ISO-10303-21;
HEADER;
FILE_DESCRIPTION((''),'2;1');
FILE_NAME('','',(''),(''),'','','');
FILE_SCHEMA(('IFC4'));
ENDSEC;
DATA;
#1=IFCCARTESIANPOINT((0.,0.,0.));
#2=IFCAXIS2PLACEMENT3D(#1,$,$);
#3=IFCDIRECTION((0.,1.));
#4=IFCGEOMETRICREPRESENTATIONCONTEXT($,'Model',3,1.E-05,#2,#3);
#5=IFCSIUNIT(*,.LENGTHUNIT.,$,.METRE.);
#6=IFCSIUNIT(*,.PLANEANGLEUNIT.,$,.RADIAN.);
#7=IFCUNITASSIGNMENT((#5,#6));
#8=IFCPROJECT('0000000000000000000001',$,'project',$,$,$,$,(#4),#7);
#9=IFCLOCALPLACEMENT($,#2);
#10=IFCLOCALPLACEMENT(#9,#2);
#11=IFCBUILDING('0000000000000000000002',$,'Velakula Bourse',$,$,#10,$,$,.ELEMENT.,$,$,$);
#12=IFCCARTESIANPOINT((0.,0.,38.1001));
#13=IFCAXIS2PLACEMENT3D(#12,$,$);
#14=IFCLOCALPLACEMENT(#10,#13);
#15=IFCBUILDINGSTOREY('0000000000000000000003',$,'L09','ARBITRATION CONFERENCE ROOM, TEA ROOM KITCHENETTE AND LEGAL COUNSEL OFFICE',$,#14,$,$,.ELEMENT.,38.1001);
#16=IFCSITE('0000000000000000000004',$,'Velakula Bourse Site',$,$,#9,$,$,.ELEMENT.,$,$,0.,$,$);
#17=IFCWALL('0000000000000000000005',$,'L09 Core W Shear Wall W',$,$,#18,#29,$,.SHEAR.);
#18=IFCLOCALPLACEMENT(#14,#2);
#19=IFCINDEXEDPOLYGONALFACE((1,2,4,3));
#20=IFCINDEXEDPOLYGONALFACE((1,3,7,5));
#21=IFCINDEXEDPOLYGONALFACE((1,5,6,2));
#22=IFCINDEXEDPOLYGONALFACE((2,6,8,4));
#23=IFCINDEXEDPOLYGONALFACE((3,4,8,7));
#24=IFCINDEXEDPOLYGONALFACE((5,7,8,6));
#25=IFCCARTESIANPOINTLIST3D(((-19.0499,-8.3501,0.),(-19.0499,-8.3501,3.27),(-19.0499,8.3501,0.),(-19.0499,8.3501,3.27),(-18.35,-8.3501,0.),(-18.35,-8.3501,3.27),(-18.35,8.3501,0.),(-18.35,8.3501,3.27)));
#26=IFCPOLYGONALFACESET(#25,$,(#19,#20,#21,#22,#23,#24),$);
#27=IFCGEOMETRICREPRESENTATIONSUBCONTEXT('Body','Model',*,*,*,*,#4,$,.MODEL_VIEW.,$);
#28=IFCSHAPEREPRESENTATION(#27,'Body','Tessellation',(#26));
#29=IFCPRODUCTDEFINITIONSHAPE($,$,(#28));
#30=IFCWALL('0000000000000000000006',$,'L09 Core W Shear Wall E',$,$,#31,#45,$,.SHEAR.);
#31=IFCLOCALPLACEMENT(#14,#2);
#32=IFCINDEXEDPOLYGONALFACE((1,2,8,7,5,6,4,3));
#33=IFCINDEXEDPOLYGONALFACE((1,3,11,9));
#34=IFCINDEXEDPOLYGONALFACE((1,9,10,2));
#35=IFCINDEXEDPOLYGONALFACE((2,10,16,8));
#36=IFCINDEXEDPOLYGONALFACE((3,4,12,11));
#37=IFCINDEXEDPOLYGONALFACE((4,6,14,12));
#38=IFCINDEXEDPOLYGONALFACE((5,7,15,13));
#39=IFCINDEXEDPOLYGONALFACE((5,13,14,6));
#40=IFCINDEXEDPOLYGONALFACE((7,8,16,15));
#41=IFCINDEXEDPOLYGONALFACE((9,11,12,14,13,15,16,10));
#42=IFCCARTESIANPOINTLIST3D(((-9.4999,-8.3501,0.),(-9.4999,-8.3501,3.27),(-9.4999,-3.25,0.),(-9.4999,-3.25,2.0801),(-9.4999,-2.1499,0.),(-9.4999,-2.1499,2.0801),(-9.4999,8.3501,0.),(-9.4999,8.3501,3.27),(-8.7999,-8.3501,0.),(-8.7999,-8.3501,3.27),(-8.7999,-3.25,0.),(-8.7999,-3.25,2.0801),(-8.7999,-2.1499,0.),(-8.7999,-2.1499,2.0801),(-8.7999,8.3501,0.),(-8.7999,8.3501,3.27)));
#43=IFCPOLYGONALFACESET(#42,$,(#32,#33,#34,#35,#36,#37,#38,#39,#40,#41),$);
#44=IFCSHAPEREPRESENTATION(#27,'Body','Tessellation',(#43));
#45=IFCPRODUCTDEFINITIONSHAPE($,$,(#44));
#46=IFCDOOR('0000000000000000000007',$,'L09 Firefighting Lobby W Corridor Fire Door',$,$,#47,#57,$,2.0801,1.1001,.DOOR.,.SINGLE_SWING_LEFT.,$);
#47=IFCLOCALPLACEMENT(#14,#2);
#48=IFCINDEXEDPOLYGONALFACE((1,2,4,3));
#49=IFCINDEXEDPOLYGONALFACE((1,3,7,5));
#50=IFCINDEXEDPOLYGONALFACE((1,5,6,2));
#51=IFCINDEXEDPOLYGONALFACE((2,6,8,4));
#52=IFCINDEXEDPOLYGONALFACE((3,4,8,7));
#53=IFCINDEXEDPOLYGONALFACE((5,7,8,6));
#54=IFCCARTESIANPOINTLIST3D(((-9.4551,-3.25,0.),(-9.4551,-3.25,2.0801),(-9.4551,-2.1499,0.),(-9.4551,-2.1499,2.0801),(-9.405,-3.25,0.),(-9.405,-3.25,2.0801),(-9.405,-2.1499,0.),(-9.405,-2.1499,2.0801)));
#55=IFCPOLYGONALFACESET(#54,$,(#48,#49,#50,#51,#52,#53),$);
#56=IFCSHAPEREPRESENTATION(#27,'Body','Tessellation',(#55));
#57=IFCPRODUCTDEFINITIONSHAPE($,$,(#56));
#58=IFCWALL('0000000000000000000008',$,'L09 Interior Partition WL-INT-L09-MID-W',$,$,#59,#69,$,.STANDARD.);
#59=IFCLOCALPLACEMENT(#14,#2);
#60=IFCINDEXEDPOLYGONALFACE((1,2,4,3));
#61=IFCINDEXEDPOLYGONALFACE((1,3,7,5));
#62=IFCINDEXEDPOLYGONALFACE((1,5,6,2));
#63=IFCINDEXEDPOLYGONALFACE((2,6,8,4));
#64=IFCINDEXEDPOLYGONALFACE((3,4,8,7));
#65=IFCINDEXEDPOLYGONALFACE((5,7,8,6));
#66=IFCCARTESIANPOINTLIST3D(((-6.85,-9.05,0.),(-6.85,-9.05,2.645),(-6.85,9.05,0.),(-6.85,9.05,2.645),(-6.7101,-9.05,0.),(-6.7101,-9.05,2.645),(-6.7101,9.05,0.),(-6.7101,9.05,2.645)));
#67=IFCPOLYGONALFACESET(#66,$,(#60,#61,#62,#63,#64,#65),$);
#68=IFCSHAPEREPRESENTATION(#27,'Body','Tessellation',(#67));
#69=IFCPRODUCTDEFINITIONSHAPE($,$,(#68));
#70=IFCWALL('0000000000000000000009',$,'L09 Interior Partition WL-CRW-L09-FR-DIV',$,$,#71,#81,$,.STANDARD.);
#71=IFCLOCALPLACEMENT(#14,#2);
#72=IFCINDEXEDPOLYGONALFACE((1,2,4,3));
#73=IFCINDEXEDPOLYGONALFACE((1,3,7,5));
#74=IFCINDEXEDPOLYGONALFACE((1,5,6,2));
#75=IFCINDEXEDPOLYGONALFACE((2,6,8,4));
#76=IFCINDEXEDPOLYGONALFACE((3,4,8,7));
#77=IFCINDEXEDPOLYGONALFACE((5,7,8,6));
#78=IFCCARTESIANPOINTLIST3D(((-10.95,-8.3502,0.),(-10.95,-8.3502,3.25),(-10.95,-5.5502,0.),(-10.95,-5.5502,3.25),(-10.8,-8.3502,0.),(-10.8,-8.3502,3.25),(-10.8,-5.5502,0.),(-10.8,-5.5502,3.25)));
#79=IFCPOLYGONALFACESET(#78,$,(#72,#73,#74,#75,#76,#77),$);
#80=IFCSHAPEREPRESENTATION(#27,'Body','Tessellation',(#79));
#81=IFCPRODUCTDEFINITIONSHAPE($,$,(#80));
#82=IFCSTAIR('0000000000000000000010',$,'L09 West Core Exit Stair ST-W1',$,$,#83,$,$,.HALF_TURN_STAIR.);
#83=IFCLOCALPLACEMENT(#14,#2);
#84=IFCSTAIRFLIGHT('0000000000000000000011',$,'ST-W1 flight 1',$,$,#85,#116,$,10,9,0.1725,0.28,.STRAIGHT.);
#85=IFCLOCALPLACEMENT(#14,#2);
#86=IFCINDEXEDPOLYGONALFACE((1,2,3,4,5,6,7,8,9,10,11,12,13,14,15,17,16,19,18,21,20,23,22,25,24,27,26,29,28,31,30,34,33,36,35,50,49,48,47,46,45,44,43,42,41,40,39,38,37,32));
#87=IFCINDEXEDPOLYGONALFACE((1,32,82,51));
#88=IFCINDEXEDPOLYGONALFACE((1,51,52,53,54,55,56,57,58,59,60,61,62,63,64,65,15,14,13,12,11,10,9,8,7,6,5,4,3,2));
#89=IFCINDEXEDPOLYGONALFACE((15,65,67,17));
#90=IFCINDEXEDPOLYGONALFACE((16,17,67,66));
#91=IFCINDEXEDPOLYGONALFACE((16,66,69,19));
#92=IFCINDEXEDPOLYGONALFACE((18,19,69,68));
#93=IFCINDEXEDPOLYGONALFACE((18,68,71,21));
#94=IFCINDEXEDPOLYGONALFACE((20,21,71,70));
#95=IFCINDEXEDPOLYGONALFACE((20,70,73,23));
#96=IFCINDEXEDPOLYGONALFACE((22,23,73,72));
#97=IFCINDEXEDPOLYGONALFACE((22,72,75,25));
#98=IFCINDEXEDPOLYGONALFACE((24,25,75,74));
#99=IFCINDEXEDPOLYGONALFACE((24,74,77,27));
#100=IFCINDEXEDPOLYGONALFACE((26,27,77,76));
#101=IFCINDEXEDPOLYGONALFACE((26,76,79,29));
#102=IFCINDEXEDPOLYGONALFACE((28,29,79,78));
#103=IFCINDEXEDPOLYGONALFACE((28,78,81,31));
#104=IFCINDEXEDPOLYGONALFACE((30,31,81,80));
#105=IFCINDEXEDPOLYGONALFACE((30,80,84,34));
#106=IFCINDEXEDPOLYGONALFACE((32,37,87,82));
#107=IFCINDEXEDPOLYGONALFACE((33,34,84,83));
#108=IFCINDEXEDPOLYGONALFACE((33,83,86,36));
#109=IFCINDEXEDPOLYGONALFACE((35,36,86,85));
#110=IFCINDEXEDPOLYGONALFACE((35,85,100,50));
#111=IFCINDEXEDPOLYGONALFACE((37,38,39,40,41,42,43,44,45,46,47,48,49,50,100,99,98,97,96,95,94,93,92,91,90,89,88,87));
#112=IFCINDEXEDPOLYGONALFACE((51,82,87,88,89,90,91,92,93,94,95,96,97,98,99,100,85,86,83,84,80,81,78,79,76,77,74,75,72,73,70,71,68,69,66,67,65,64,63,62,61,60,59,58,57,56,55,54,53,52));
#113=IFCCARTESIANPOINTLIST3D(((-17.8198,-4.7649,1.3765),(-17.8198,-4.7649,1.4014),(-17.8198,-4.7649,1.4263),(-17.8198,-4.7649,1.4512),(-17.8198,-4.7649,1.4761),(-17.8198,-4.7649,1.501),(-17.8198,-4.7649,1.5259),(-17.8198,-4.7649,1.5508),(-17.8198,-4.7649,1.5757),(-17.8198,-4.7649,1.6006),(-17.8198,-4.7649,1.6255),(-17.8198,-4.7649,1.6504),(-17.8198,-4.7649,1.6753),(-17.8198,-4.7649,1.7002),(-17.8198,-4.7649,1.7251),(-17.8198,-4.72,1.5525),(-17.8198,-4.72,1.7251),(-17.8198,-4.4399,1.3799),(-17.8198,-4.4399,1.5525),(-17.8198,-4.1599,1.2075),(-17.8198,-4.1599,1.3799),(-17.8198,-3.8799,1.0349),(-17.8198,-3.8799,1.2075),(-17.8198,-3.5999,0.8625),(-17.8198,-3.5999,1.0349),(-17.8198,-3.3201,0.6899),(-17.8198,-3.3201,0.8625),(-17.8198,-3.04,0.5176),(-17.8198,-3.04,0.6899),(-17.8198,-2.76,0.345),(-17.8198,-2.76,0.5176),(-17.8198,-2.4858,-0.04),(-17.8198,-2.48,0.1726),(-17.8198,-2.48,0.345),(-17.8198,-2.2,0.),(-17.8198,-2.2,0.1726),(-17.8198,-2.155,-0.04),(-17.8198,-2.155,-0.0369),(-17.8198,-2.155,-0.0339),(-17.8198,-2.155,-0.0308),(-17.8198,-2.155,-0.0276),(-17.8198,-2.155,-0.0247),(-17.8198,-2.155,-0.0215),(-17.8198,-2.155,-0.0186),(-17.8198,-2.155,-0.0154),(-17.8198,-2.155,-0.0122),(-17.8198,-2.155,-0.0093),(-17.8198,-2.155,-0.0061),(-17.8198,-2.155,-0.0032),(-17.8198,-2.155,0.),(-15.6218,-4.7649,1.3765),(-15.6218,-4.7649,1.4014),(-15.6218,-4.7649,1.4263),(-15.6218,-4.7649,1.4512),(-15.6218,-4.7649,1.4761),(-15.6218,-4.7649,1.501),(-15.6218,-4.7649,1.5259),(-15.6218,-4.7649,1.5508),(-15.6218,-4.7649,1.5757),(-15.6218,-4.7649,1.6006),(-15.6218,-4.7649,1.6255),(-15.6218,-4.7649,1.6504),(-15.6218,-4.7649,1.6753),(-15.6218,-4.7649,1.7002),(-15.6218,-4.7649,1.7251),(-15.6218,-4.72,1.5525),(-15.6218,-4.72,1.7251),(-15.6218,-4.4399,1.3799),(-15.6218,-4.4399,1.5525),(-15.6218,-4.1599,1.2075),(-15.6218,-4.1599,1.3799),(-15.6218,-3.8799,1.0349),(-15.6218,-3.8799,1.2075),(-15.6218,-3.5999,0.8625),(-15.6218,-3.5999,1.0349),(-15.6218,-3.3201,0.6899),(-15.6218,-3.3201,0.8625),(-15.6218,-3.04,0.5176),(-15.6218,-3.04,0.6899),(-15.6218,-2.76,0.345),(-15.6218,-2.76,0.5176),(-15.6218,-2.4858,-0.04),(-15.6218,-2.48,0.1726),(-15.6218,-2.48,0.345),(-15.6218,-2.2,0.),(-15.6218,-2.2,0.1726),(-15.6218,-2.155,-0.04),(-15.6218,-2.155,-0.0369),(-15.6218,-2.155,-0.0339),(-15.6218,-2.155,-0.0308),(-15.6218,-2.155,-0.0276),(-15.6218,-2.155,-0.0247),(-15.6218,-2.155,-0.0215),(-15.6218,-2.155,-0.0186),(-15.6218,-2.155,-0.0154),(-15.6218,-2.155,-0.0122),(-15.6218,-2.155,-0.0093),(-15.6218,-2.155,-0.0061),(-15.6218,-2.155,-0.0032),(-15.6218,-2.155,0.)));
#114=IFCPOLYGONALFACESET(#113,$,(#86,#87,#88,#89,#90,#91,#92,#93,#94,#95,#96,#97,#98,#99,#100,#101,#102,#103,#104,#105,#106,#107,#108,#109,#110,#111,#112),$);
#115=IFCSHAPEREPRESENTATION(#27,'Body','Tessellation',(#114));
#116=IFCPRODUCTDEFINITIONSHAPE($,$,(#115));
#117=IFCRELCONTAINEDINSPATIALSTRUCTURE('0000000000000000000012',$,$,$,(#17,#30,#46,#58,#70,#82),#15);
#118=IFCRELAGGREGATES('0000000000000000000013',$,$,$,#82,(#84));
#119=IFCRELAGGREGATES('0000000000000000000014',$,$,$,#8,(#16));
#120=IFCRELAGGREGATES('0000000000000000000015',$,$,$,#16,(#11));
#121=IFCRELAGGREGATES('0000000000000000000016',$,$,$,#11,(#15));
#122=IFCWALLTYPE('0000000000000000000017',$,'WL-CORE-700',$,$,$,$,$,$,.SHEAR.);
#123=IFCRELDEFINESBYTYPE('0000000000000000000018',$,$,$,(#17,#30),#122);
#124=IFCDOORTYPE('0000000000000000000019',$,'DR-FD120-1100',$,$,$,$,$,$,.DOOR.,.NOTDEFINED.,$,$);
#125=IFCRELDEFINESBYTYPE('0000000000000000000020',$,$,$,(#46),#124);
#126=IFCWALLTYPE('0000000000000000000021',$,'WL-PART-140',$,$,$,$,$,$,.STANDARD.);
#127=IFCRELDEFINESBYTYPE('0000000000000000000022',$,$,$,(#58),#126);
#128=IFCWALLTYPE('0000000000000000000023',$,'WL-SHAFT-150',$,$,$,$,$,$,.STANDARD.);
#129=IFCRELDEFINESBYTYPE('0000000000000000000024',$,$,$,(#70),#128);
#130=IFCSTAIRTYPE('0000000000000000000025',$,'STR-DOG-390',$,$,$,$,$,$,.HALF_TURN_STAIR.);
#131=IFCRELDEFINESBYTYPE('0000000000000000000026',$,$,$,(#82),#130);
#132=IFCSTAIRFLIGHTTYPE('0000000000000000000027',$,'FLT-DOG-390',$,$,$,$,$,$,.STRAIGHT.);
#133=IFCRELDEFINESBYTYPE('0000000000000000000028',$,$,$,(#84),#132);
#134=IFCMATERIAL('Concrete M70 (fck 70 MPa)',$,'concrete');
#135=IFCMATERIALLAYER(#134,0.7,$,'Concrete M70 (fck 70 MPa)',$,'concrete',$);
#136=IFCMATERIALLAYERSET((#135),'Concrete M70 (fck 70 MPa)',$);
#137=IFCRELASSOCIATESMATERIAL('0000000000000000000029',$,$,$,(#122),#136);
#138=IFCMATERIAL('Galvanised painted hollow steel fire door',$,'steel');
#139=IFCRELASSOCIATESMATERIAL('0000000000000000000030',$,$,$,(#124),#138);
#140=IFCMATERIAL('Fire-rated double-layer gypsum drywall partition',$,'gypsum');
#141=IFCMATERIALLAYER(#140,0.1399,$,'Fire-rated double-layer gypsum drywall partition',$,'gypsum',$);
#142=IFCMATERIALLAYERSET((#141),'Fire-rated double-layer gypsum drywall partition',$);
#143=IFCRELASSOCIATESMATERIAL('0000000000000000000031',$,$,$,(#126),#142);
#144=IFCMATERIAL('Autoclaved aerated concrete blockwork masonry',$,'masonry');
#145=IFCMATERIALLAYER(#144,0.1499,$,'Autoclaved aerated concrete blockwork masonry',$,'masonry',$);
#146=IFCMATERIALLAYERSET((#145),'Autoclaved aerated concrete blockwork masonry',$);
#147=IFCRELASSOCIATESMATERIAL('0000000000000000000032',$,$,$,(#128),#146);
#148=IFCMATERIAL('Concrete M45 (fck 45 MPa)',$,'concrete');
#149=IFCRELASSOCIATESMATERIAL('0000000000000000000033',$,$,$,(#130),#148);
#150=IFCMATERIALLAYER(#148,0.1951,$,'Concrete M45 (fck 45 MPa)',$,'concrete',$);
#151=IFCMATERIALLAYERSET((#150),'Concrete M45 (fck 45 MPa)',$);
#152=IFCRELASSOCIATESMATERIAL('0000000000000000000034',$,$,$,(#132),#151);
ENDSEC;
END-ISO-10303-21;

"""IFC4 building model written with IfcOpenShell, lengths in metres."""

from ifc_helpers import new_model, si_unit, direction, frame, frame_2d, origin, place, context, subcontext, project, spatial, polyline, rectangle, outline, extrude, material, layer, layer_set, type_object, element, fill, aggregate, save


model = new_model("IFC4")

# Units and contexts
model_context = context("Model", 3, precision=1e-05, world=origin(), true_north=direction((0.0, 1.0)))
body_context = subcontext(model_context, "Body", "Model", "MODEL_VIEW")
ifc_project = project(units=[si_unit("LENGTHUNIT", "METRE"), si_unit("PLANEANGLEUNIT", "RADIAN")], contexts=[model_context])

# Site, building, storey
site_placement = place(None, origin())
site = spatial("IfcSite", under=ifc_project, at=site_placement, Name="Velakula Bourse Site", CompositionType="ELEMENT", RefElevation=0.0)
building_placement = place(site_placement, origin())
building = spatial("IfcBuilding", under=site, at=building_placement, Name="Velakula Bourse", CompositionType="ELEMENT")
storey_placement = place(building_placement, frame((0.0, 0.0, 38.1001)))
storey = spatial("IfcBuildingStorey", under=building, at=storey_placement, Name="L09", Description="ARBITRATION CONFERENCE ROOM, TEA ROOM KITCHENETTE AND LEGAL COUNSEL OFFICE", CompositionType="ELEMENT", Elevation=38.1001)

# Shared definitions
ifc_material_1 = material(Name="Concrete M70 (fck 70 MPa)", Category="concrete")

# Shared definitions
ifc_material_2 = material(Name="Galvanised painted hollow steel fire door", Category="steel")

# Wall
ifc_layer_1 = layer(ifc_material_1, 0.7, Name="Concrete M70 (fck 70 MPa)", Category="concrete")
ifc_layer_set_1 = layer_set([ifc_layer_1], Name="Concrete M70 (fck 70 MPa)")
wall_type_1 = type_object("IfcWallType", Name="WL-CORE-700", PredefinedType="SHEAR", material=ifc_layer_set_1)
wall_1_placement = place(storey_placement, frame((-18.7, -8.3501, 0.0), z_axis=(0.0, 0.0, 1.0), x_axis=(0.0, 1.0, 0.0)))
element("IfcWall", 1, at=wall_1_placement, inside=storey, type_object=wall_type_1, Name="L09 Core W Shear Wall W", PredefinedType="SHEAR", context=body_context, shape_type="SweptSolid", body=[
    extrude(rectangle(XDim=16.7002, YDim=0.7, at=frame_2d((8.3501, 0.0))), origin(), (0.0, 0.0, 1.0), 3.27),
])

# Wall, opening, door
wall_2_placement = place(storey_placement, frame((-9.1499, -8.3501, 0.0), z_axis=(0.0, 0.0, 1.0), x_axis=(0.0, 1.0, 0.0)))
wall_2 = element("IfcWall", 2, at=wall_2_placement, inside=storey, type_object=wall_type_1, Name="L09 Core W Shear Wall E", PredefinedType="SHEAR", context=body_context, shape_type="SweptSolid", body=[
    extrude(rectangle(XDim=16.7002, YDim=0.7, at=frame_2d((8.3501, 0.0))), origin(), (0.0, 0.0, 1.0), 3.27),
])
opening_1_placement = place(wall_2_placement, frame((5.1001, 0.0, 0.0)))
opening_1 = element("IfcOpeningElement", 3, at=opening_1_placement, cuts=wall_2, PredefinedType="OPENING", context=body_context, shape_type="SweptSolid", body=[
    extrude(rectangle(XDim=1.1001, YDim=2.0801, at=frame_2d((0.55, 1.04))), frame((0.0, 0.3599, 0.0), z_axis=(0.0, -1.0, 0.0), x_axis=(1.0, 0.0, 0.0)), (0.0, 0.0, 1.0), 0.72),
])
door_type_1 = type_object("IfcDoorType", Name="DR-FD120-1100", OperationType="NOTDEFINED", PredefinedType="DOOR", material=ifc_material_2)
door_1_placement = place(opening_1_placement, origin())
door_1 = element("IfcDoor", 4, at=door_1_placement, inside=storey, type_object=door_type_1, Name="L09 Firefighting Lobby W Corridor Fire Door", OperationType="SINGLE_SWING_LEFT", OverallHeight=2.0801, OverallWidth=1.1001, PredefinedType="DOOR", context=body_context, shape_type="SweptSolid", body=[
    extrude(rectangle(XDim=1.1001, YDim=2.0801, at=frame_2d((0.55, 1.04))), frame((0.0, 0.3052, 0.0), z_axis=(0.0, -1.0, 0.0), x_axis=(1.0, 0.0, 0.0)), (0.0, 0.0, 1.0), 0.05),
])
fill(opening_1, door_1)

# Wall
ifc_material_3 = material(Name="Fire-rated double-layer gypsum drywall partition", Category="gypsum")
ifc_layer_2 = layer(ifc_material_3, 0.1399, Name="Fire-rated double-layer gypsum drywall partition", Category="gypsum")
ifc_layer_set_2 = layer_set([ifc_layer_2], Name="Fire-rated double-layer gypsum drywall partition")
wall_type_2 = type_object("IfcWallType", Name="WL-PART-140", PredefinedType="STANDARD", material=ifc_layer_set_2)
wall_3_placement = place(storey_placement, frame((-6.78, -9.05, 0.0), z_axis=(0.0, 0.0, 1.0), x_axis=(0.0, 1.0, 0.0)))
element("IfcWall", 5, at=wall_3_placement, inside=storey, type_object=wall_type_2, Name="L09 Interior Partition WL-INT-L09-MID-W", PredefinedType="STANDARD", context=body_context, shape_type="SweptSolid", body=[
    extrude(rectangle(XDim=18.1001, YDim=0.1399, at=frame_2d((9.05, 0.0))), origin(), (0.0, 0.0, 1.0), 2.645),
])

# Shared definitions
ifc_material_4 = material(Name="Autoclaved aerated concrete blockwork masonry", Category="masonry")
ifc_layer_3 = layer(ifc_material_4, 0.1499, Name="Autoclaved aerated concrete blockwork masonry", Category="masonry")
ifc_layer_set_3 = layer_set([ifc_layer_3], Name="Autoclaved aerated concrete blockwork masonry")
wall_type_3 = type_object("IfcWallType", Name="WL-SHAFT-150", PredefinedType="STANDARD", material=ifc_layer_set_3)

# Wall
wall_4_placement = place(storey_placement, frame((-10.875, -8.3501, 0.0), z_axis=(0.0, 0.0, 1.0), x_axis=(0.0, 1.0, 0.0)))
element("IfcWall", 6, at=wall_4_placement, inside=storey, type_object=wall_type_3, Name="L09 Interior Partition WL-CRW-L09-FR-DIV", PredefinedType="STANDARD", context=body_context, shape_type="SweptSolid", body=[
    extrude(rectangle(XDim=2.8, YDim=0.1499, at=frame_2d((1.3999, 0.0))), origin(), (0.0, 0.0, 1.0), 3.25),
])

# Stair, stair flight
ifc_material_5 = material(Name="Concrete M45 (fck 45 MPa)", Category="concrete")
stair_type = type_object("IfcStairType", Name="STR-DOG-390", PredefinedType="HALF_TURN_STAIR", material=ifc_material_5)
stair_placement = place(storey_placement, origin())
stair = element("IfcStair", 7, at=stair_placement, inside=storey, type_object=stair_type, Name="L09 West Core Exit Stair ST-W1", PredefinedType="HALF_TURN_STAIR")
ifc_layer_4 = layer(ifc_material_5, 0.1951, Name="Concrete M45 (fck 45 MPa)", Category="concrete")
ifc_layer_set_4 = layer_set([ifc_layer_4], Name="Concrete M45 (fck 45 MPa)")
stair_flight_type = type_object("IfcStairFlightType", Name="FLT-DOG-390", PredefinedType="STRAIGHT", material=ifc_layer_set_4)
stair_flight_1_placement = place(storey_placement, frame((-16.7209, -2.2, 0.0), z_axis=(0.0, 0.0, 1.0), x_axis=(0.0, -1.0, 0.0)))
stair_flight_1 = element("IfcStairFlight", 8, at=stair_flight_1_placement, type_object=stair_flight_type, Name="ST-W1 flight 1", NumberOfRisers=10, NumberOfTreads=9, PredefinedType="STRAIGHT", RiserHeight=0.1725, TreadLength=0.28, context=body_context, shape_type="SweptSolid", body=[
    extrude(outline(polyline([(-0.0449, -0.04), (-0.0449, -0.0369), (-0.0449, -0.0339), (-0.0449, -0.0308), (-0.0449, -0.0276), (-0.0449, -0.0247), (-0.0449, -0.0215), (-0.0449, -0.0186), (-0.0449, -0.0154), (-0.0449, -0.0122), (-0.0449, -0.0093), (-0.0449, -0.0061), (-0.0449, -0.0032), (-0.0449, 0.0), (0.0, 0.0), (0.0, 0.1726), (0.28, 0.1726), (0.28, 0.345), (0.5601, 0.345), (0.5601, 0.5176), (0.8401, 0.5176), (0.8401, 0.6899), (1.1201, 0.6899), (1.1201, 0.8625), (1.3999, 0.8625), (1.3999, 1.0349), (1.6799, 1.0349), (1.6799, 1.2075), (1.96, 1.2075), (1.96, 1.3799), (2.24, 1.3799), (2.24, 1.5525), (2.52, 1.5525), (2.52, 1.7251), (2.5649, 1.7251), (2.5649, 1.7002), (2.5649, 1.6753), (2.5649, 1.6504), (2.5649, 1.6255), (2.5649, 1.6006), (2.5649, 1.5757), (2.5649, 1.5508), (2.5649, 1.5259), (2.5649, 1.501), (2.5649, 1.4761), (2.5649, 1.4512), (2.5649, 1.4263), (2.5649, 1.4014), (2.5649, 1.3765), (0.2859, -0.04), (-0.0449, -0.04)])), frame((0.0, 1.0991, 0.0), z_axis=(0.0, -1.0, 0.0), x_axis=(1.0, 0.0, 0.0)), (0.0, 0.0, 1.0), 2.198),
])
aggregate(stair, [stair_flight_1])

save(model, "model.ifc")
